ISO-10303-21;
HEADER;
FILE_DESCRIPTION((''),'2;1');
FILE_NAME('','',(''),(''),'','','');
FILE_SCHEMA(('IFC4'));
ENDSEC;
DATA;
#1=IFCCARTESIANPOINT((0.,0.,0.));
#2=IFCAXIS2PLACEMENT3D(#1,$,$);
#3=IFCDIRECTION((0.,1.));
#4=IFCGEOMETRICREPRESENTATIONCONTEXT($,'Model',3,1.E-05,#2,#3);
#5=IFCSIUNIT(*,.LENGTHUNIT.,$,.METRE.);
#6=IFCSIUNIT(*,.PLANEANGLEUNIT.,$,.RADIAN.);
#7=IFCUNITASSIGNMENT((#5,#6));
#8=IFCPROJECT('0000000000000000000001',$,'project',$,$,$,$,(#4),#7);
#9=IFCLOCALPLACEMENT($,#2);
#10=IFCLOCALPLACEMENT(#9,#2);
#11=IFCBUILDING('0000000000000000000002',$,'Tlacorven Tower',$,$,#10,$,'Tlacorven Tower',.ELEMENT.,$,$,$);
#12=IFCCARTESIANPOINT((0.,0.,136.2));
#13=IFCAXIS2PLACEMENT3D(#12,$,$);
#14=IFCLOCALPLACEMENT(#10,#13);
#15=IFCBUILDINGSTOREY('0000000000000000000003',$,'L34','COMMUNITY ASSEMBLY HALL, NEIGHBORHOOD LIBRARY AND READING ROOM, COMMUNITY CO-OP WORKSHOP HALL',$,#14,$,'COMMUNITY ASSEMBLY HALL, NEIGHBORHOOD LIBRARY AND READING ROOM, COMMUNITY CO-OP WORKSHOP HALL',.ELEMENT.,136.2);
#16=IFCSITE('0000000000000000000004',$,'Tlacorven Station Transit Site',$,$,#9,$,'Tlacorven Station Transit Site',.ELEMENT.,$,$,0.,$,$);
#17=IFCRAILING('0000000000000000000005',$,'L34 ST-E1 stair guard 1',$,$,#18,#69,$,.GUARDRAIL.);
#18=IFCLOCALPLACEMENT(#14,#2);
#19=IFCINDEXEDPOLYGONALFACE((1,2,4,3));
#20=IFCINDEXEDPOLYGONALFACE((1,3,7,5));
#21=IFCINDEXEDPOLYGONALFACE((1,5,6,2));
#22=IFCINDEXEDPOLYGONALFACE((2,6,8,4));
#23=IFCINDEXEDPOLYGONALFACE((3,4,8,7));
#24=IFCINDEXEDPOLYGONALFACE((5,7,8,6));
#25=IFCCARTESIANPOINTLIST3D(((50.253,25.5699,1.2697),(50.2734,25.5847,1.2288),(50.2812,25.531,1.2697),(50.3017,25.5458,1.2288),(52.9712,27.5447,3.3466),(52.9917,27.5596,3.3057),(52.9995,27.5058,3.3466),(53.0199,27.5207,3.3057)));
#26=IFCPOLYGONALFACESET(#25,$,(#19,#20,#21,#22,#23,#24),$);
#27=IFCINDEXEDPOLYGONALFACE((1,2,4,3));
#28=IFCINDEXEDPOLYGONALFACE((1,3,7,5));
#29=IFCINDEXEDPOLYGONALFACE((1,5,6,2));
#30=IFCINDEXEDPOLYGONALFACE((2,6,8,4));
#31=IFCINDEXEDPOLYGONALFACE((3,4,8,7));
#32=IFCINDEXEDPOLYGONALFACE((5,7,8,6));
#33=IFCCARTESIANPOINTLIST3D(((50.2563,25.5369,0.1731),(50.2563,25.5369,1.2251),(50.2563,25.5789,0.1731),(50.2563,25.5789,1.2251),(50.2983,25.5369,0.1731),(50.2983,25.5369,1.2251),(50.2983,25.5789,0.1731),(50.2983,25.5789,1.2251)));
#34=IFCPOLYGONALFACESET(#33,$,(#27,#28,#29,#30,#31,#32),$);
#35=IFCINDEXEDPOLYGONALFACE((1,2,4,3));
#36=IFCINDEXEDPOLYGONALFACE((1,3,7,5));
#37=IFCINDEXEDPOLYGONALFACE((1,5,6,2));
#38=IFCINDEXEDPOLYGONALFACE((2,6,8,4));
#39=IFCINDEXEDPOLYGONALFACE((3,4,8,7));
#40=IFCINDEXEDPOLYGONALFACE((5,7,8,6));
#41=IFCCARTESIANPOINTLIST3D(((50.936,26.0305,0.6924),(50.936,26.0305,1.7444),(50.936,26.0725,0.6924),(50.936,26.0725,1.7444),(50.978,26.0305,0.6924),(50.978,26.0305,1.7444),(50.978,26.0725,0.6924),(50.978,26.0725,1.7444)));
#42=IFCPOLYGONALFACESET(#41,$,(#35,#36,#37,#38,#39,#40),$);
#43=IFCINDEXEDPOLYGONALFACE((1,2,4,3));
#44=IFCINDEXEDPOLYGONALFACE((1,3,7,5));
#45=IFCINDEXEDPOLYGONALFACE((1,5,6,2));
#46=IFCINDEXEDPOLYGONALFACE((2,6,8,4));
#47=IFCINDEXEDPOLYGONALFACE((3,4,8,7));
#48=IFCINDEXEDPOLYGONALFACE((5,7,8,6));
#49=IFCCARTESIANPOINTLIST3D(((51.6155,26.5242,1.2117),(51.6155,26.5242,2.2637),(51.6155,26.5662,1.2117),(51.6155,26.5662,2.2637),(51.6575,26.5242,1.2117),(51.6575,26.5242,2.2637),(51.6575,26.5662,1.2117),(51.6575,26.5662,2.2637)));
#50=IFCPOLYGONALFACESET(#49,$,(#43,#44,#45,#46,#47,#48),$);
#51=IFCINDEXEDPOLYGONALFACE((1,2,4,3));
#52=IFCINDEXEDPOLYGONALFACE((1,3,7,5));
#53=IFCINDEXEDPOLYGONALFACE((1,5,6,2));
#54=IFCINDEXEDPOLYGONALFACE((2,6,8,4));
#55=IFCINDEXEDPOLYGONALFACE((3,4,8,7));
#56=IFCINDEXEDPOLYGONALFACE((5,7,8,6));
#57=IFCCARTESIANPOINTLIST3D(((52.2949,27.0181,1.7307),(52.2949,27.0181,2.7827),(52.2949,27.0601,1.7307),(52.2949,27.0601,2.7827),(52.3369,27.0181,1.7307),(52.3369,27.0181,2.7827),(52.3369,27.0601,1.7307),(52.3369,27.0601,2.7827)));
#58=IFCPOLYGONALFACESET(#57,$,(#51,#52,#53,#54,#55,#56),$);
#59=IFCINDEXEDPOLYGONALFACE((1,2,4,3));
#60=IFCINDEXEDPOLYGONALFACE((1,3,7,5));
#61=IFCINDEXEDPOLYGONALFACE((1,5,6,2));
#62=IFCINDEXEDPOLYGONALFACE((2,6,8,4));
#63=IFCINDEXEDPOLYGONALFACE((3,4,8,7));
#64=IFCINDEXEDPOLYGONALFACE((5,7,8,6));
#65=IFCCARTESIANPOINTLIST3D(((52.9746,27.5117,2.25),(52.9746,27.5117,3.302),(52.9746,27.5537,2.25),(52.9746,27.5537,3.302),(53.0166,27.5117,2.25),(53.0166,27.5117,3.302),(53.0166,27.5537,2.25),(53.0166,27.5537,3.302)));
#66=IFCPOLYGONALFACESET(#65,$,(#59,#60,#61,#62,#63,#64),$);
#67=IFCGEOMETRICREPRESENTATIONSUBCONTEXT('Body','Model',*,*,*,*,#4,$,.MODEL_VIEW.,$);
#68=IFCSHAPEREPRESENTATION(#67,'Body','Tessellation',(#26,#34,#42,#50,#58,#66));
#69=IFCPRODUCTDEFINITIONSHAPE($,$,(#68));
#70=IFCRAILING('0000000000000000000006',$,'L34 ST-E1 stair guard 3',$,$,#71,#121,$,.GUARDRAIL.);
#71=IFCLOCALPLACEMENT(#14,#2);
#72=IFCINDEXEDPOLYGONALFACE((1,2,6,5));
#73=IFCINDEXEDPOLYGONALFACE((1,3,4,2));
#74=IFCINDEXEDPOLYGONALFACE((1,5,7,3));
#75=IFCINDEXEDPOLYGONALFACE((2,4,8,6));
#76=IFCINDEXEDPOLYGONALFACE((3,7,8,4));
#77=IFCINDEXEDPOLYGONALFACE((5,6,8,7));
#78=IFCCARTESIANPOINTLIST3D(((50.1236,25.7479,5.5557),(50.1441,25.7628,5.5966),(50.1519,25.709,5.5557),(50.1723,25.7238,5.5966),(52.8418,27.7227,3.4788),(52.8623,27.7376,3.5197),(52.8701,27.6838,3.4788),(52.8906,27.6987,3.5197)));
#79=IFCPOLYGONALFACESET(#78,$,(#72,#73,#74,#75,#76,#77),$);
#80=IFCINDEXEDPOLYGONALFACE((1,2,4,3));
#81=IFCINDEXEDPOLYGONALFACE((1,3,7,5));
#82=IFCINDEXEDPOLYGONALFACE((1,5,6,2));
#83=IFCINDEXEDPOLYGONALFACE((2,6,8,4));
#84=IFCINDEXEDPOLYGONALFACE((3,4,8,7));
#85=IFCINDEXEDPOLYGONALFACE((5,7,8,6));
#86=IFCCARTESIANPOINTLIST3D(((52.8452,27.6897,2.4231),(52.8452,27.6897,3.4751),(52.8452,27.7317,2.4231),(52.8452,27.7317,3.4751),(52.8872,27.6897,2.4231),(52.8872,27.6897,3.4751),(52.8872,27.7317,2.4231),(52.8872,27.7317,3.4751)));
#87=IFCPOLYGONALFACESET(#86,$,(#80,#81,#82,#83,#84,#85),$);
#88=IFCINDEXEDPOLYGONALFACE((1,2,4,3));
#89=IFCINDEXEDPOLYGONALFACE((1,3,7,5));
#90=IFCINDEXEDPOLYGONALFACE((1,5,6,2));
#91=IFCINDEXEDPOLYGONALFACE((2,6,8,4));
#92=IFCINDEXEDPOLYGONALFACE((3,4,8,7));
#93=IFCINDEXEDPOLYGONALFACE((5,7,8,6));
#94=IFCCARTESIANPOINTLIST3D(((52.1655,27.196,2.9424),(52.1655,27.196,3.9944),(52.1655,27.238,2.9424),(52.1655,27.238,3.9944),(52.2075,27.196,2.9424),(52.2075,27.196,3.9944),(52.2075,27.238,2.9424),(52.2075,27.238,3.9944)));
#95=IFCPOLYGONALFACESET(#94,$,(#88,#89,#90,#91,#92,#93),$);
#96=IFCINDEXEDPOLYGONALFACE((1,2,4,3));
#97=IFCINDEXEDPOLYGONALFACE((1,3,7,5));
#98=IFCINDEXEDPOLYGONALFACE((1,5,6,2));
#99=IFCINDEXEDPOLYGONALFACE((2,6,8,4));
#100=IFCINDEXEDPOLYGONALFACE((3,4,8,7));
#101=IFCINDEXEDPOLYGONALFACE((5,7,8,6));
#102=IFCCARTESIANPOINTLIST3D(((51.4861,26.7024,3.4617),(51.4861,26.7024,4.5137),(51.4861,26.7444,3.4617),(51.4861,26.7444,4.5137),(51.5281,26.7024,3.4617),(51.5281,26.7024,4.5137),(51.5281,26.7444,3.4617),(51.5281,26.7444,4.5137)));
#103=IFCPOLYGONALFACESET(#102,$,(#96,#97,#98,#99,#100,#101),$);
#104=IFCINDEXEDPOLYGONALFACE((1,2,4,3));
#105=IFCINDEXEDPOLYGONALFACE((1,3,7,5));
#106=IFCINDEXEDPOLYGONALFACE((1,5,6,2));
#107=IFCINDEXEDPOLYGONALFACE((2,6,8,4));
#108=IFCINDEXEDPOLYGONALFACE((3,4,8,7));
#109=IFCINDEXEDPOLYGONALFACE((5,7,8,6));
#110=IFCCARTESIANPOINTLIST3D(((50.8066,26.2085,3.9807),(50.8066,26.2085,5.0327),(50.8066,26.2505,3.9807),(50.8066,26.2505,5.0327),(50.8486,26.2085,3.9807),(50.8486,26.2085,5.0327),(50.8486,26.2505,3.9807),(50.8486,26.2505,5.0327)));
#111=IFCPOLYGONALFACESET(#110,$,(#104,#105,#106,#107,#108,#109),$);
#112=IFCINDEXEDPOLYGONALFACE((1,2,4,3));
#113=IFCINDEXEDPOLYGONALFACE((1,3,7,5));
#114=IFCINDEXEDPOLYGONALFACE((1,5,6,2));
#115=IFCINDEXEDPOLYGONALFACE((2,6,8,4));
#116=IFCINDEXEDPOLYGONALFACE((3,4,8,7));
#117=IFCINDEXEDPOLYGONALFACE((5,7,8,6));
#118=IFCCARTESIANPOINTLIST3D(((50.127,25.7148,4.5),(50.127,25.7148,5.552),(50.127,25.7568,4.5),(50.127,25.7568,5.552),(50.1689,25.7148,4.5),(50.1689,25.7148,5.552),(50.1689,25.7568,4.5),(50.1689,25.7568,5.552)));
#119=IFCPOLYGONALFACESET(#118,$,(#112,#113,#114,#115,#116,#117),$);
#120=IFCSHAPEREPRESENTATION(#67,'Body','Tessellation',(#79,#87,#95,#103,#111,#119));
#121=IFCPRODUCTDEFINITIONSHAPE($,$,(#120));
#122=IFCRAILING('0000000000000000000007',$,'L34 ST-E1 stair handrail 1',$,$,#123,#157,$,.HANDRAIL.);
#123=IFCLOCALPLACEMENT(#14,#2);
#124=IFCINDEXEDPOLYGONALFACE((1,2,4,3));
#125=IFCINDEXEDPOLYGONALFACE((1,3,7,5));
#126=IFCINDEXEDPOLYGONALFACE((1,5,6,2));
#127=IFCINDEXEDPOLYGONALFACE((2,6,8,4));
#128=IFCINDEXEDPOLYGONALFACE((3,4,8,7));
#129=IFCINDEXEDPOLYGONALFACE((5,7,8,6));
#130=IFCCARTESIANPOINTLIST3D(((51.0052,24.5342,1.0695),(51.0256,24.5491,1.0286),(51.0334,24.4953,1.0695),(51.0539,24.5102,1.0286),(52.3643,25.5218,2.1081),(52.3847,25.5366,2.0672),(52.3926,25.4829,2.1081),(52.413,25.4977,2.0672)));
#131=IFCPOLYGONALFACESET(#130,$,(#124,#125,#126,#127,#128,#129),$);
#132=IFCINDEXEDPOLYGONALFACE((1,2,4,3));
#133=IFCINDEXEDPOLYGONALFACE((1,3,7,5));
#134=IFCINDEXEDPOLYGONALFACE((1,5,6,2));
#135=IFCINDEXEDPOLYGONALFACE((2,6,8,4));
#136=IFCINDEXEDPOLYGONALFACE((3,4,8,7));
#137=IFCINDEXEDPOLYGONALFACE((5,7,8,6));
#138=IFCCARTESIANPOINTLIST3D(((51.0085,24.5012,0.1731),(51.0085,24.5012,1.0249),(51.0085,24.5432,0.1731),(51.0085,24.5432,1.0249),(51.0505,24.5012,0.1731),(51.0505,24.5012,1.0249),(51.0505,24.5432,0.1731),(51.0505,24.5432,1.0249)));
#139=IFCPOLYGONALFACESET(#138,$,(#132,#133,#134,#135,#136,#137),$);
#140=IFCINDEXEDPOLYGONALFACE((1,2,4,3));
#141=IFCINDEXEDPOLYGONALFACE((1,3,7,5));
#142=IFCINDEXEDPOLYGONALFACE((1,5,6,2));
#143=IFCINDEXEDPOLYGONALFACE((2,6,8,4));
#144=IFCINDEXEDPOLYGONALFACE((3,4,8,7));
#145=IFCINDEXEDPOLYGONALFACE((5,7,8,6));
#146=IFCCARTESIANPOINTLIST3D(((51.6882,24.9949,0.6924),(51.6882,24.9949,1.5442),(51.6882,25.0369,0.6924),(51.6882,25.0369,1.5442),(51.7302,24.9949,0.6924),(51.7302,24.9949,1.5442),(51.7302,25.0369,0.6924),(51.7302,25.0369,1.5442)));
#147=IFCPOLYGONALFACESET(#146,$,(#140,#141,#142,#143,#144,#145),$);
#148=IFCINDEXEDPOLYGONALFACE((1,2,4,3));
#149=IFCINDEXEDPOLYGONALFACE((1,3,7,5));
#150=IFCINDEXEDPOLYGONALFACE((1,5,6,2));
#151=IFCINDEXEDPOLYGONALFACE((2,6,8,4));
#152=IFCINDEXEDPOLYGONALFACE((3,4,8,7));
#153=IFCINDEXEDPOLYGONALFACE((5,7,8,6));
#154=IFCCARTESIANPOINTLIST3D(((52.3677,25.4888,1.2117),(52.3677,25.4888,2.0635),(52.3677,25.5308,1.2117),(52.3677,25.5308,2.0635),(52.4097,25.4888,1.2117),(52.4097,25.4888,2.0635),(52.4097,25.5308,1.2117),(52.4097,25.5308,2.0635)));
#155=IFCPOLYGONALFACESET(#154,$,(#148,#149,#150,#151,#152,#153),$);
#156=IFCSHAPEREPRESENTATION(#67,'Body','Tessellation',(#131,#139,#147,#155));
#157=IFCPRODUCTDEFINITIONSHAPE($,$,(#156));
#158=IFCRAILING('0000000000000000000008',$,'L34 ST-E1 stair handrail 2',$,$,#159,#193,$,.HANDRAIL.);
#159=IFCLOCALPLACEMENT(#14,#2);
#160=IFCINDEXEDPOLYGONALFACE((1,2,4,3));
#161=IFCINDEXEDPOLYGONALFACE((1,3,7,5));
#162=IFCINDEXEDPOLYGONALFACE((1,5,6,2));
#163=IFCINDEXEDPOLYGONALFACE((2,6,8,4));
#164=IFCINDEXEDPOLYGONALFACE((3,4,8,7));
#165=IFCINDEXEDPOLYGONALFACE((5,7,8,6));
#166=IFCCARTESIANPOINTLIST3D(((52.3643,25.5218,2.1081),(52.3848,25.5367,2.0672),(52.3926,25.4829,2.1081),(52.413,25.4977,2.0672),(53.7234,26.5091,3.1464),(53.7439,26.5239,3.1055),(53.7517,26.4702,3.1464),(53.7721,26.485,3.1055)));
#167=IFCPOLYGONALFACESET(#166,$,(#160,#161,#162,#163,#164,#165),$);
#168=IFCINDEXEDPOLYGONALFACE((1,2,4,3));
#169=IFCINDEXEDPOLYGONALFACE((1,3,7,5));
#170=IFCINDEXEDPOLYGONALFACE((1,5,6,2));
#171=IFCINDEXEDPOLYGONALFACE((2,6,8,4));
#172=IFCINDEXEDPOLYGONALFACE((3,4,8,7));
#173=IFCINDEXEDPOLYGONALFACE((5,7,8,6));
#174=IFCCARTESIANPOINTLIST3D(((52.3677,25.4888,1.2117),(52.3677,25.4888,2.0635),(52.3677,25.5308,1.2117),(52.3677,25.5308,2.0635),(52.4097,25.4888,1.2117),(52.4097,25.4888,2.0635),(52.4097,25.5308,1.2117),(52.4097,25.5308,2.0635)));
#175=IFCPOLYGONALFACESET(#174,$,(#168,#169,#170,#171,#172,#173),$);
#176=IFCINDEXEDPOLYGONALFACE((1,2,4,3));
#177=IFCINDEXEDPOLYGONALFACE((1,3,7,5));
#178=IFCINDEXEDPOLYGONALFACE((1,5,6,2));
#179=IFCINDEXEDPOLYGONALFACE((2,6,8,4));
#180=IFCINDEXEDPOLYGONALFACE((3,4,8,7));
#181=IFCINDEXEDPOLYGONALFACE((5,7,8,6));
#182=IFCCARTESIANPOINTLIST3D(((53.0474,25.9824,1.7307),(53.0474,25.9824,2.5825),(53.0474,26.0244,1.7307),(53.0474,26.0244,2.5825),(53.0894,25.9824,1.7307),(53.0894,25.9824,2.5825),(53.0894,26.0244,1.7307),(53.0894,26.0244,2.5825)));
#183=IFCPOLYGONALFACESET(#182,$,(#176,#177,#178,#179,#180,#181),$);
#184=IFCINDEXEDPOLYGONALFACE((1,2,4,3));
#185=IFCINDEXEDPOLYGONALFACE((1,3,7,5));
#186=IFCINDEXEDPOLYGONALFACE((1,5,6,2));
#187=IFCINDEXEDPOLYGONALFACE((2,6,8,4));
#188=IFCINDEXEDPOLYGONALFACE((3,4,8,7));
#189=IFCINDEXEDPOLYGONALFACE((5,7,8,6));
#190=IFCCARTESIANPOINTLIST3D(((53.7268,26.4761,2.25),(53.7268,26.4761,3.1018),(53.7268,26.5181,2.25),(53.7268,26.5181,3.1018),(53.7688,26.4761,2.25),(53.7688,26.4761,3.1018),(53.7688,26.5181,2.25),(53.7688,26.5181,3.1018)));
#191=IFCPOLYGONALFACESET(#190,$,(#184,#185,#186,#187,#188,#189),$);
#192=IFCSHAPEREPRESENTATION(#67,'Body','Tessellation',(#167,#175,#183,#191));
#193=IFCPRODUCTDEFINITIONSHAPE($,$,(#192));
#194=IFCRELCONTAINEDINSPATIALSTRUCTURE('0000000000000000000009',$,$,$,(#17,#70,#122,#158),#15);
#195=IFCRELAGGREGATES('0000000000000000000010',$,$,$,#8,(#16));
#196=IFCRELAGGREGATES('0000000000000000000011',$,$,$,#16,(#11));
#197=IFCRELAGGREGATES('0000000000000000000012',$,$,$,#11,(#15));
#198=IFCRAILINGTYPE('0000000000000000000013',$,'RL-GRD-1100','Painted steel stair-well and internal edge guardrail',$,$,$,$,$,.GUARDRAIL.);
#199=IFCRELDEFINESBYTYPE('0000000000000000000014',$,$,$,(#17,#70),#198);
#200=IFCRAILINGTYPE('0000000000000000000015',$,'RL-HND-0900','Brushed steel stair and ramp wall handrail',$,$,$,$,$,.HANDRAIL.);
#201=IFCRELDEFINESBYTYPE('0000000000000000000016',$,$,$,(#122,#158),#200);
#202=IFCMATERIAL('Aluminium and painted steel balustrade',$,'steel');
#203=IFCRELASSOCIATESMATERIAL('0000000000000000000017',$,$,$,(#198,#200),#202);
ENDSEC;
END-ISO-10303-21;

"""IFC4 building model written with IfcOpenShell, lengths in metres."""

from ifc_helpers import new_model, si_unit, direction, frame, origin, origin_2d, place, context, subcontext, project, spatial, rectangle, extrude, source, transform, mapped, material, type_object, element, save


model = new_model("IFC4")

# Units and contexts
model_context = context("Model", 3, precision=1e-05, world=origin(), true_north=direction((0.0, 1.0)))
body_context = subcontext(model_context, "Body", "Model", "MODEL_VIEW")
ifc_project = project(units=[si_unit("LENGTHUNIT", "METRE"), si_unit("PLANEANGLEUNIT", "RADIAN")], contexts=[model_context])

# Site, building, storey
site_placement = place(None, origin())
site = spatial("IfcSite", under=ifc_project, at=site_placement, Name="Tlacorven Station Transit Site", LongName="Tlacorven Station Transit Site", CompositionType="ELEMENT", RefElevation=0.0)
building_placement = place(site_placement, origin())
building = spatial("IfcBuilding", under=site, at=building_placement, Name="Tlacorven Tower", LongName="Tlacorven Tower", CompositionType="ELEMENT")
storey_placement = place(building_placement, frame((0.0, 0.0, 136.2)))
storey = spatial("IfcBuildingStorey", under=building, at=storey_placement, Name="L34", Description="COMMUNITY ASSEMBLY HALL, NEIGHBORHOOD LIBRARY AND READING ROOM, COMMUNITY CO-OP WORKSHOP HALL", LongName="COMMUNITY ASSEMBLY HALL, NEIGHBORHOOD LIBRARY AND READING ROOM, COMMUNITY CO-OP WORKSHOP HALL", CompositionType="ELEMENT", Elevation=136.2)

# Shared definitions
ifc_material_1 = material(Name="Aluminium and painted steel balustrade", Category="steel")

# Railings
railing_type_1 = type_object("IfcRailingType", Name="RL-GRD-1100", Description="Painted steel stair-well and internal edge guardrail", PredefinedType="GUARDRAIL", material=ifc_material_1)
shared_shape_1 = source(origin(), body_context, "Body", "SweptSolid", [
    extrude(rectangle(XDim=0.0481, YDim=0.0481, at=origin_2d()), frame((0.0, 0.0, 1.0762), z_axis=(0.688167, 0.499963, 0.525798), x_axis=(-0.58777, 0.809028, 0.0)), (0.0, 0.0, 1.0), 3.95),
    extrude(rectangle(XDim=0.042, YDim=0.042, at=origin_2d()), origin(), (0.0, 0.0, 1.0), 1.052),
    extrude(rectangle(XDim=0.042, YDim=0.042, at=origin_2d()), frame((0.6797, 0.4937, 0.5193)), (0.0, 0.0, 1.0), 1.052),
    extrude(rectangle(XDim=0.042, YDim=0.042, at=origin_2d()), frame((1.3591, 0.9873, 1.0386)), (0.0, 0.0, 1.0), 1.052),
    extrude(rectangle(XDim=0.042, YDim=0.042, at=origin_2d()), frame((2.0386, 1.4812, 1.5576)), (0.0, 0.0, 1.0), 1.052),
    extrude(rectangle(XDim=0.042, YDim=0.042, at=origin_2d()), frame((2.7183, 1.9749, 2.0769)), (0.0, 0.0, 1.0), 1.052),
])
railing_1_placement = place(storey_placement, frame((50.2773, 25.5579, 0.1731)))
element("IfcRailing", 1, at=railing_1_placement, inside=storey, type_object=railing_type_1, Name="L34 ST-E1 stair guard 1", PredefinedType="GUARDRAIL", context=body_context, shape_type="MappedRepresentation", body=[
    mapped(shared_shape_1, transform((0.0, 0.0, 0.0), scale=1.0)),
])
shared_shape_2 = source(origin(), body_context, "Body", "SweptSolid", [
    extrude(rectangle(XDim=0.0481, YDim=0.0481, at=origin_2d()), frame((0.0, 0.0, 1.0762), z_axis=(-0.688167, -0.499963, 0.525798), x_axis=(0.58777, -0.809028, 0.0)), (0.0, 0.0, 1.0), 3.95),
    extrude(rectangle(XDim=0.042, YDim=0.042, at=origin_2d()), origin(), (0.0, 0.0, 1.0), 1.052),
    extrude(rectangle(XDim=0.042, YDim=0.042, at=origin_2d()), frame((-0.6797, -0.4937, 0.5193)), (0.0, 0.0, 1.0), 1.052),
    extrude(rectangle(XDim=0.042, YDim=0.042, at=origin_2d()), frame((-1.3591, -0.9873, 1.0386)), (0.0, 0.0, 1.0), 1.052),
    extrude(rectangle(XDim=0.042, YDim=0.042, at=origin_2d()), frame((-2.0386, -1.4812, 1.5576)), (0.0, 0.0, 1.0), 1.052),
    extrude(rectangle(XDim=0.042, YDim=0.042, at=origin_2d()), frame((-2.7183, -1.9749, 2.0769)), (0.0, 0.0, 1.0), 1.052),
])
railing_2_placement = place(storey_placement, frame((52.8662, 27.7107, 2.4231)))
element("IfcRailing", 2, at=railing_2_placement, inside=storey, type_object=railing_type_1, Name="L34 ST-E1 stair guard 3", PredefinedType="GUARDRAIL", context=body_context, shape_type="MappedRepresentation", body=[
    mapped(shared_shape_2, transform((0.0, 0.0, 0.0), scale=1.0)),
])
railing_type_2 = type_object("IfcRailingType", Name="RL-HND-0900", Description="Brushed steel stair and ramp wall handrail", PredefinedType="HANDRAIL", material=ifc_material_1)
shared_shape_3 = source(origin(), body_context, "Body", "SweptSolid", [
    extrude(rectangle(XDim=0.0481, YDim=0.0481, at=origin_2d()), frame((0.0, 0.0, 0.876), z_axis=(0.688123, 0.499993, 0.525827), x_axis=(-0.587817, 0.808994, 0.0)), (0.0, 0.0, 1.0), 1.9751),
    extrude(rectangle(XDim=0.042, YDim=0.042, at=origin_2d()), origin(), (0.0, 0.0, 1.0), 0.8518),
    extrude(rectangle(XDim=0.042, YDim=0.042, at=origin_2d()), frame((0.6797, 0.4937, 0.5193)), (0.0, 0.0, 1.0), 0.8518),
    extrude(rectangle(XDim=0.042, YDim=0.042, at=origin_2d()), frame((1.3591, 0.9875, 1.0386)), (0.0, 0.0, 1.0), 0.8518),
])
railing_3_placement = place(storey_placement, frame((51.0295, 24.5222, 0.1731)))
element("IfcRailing", 3, at=railing_3_placement, inside=storey, type_object=railing_type_2, Name="L34 ST-E1 stair handrail 1", PredefinedType="HANDRAIL", context=body_context, shape_type="MappedRepresentation", body=[
    mapped(shared_shape_3, transform((0.0, 0.0, 0.0), scale=1.0)),
])
shared_shape_4 = source(origin(), body_context, "Body", "SweptSolid", [
    extrude(rectangle(XDim=0.0481, YDim=0.0481, at=origin_2d()), frame((0.0, 0.0, 0.876), z_axis=(0.688211, 0.499932, 0.52577), x_axis=(-0.587722, 0.809063, 0.0)), (0.0, 0.0, 1.0), 1.9749),
    extrude(rectangle(XDim=0.042, YDim=0.042, at=origin_2d()), origin(), (0.0, 0.0, 1.0), 0.8518),
    extrude(rectangle(XDim=0.042, YDim=0.042, at=origin_2d()), frame((0.6797, 0.4937, 0.519)), (0.0, 0.0, 1.0), 0.8518),
    extrude(rectangle(XDim=0.042, YDim=0.042, at=origin_2d()), frame((1.3591, 0.9873, 1.0383)), (0.0, 0.0, 1.0), 0.8518),
])
railing_4_placement = place(storey_placement, frame((52.3887, 25.5098, 1.2117)))
element("IfcRailing", 4, at=railing_4_placement, inside=storey, type_object=railing_type_2, Name="L34 ST-E1 stair handrail 2", PredefinedType="HANDRAIL", context=body_context, shape_type="MappedRepresentation", body=[
    mapped(shared_shape_4, transform((0.0, 0.0, 0.0), scale=1.0)),
])

save(model, "model.ifc")
